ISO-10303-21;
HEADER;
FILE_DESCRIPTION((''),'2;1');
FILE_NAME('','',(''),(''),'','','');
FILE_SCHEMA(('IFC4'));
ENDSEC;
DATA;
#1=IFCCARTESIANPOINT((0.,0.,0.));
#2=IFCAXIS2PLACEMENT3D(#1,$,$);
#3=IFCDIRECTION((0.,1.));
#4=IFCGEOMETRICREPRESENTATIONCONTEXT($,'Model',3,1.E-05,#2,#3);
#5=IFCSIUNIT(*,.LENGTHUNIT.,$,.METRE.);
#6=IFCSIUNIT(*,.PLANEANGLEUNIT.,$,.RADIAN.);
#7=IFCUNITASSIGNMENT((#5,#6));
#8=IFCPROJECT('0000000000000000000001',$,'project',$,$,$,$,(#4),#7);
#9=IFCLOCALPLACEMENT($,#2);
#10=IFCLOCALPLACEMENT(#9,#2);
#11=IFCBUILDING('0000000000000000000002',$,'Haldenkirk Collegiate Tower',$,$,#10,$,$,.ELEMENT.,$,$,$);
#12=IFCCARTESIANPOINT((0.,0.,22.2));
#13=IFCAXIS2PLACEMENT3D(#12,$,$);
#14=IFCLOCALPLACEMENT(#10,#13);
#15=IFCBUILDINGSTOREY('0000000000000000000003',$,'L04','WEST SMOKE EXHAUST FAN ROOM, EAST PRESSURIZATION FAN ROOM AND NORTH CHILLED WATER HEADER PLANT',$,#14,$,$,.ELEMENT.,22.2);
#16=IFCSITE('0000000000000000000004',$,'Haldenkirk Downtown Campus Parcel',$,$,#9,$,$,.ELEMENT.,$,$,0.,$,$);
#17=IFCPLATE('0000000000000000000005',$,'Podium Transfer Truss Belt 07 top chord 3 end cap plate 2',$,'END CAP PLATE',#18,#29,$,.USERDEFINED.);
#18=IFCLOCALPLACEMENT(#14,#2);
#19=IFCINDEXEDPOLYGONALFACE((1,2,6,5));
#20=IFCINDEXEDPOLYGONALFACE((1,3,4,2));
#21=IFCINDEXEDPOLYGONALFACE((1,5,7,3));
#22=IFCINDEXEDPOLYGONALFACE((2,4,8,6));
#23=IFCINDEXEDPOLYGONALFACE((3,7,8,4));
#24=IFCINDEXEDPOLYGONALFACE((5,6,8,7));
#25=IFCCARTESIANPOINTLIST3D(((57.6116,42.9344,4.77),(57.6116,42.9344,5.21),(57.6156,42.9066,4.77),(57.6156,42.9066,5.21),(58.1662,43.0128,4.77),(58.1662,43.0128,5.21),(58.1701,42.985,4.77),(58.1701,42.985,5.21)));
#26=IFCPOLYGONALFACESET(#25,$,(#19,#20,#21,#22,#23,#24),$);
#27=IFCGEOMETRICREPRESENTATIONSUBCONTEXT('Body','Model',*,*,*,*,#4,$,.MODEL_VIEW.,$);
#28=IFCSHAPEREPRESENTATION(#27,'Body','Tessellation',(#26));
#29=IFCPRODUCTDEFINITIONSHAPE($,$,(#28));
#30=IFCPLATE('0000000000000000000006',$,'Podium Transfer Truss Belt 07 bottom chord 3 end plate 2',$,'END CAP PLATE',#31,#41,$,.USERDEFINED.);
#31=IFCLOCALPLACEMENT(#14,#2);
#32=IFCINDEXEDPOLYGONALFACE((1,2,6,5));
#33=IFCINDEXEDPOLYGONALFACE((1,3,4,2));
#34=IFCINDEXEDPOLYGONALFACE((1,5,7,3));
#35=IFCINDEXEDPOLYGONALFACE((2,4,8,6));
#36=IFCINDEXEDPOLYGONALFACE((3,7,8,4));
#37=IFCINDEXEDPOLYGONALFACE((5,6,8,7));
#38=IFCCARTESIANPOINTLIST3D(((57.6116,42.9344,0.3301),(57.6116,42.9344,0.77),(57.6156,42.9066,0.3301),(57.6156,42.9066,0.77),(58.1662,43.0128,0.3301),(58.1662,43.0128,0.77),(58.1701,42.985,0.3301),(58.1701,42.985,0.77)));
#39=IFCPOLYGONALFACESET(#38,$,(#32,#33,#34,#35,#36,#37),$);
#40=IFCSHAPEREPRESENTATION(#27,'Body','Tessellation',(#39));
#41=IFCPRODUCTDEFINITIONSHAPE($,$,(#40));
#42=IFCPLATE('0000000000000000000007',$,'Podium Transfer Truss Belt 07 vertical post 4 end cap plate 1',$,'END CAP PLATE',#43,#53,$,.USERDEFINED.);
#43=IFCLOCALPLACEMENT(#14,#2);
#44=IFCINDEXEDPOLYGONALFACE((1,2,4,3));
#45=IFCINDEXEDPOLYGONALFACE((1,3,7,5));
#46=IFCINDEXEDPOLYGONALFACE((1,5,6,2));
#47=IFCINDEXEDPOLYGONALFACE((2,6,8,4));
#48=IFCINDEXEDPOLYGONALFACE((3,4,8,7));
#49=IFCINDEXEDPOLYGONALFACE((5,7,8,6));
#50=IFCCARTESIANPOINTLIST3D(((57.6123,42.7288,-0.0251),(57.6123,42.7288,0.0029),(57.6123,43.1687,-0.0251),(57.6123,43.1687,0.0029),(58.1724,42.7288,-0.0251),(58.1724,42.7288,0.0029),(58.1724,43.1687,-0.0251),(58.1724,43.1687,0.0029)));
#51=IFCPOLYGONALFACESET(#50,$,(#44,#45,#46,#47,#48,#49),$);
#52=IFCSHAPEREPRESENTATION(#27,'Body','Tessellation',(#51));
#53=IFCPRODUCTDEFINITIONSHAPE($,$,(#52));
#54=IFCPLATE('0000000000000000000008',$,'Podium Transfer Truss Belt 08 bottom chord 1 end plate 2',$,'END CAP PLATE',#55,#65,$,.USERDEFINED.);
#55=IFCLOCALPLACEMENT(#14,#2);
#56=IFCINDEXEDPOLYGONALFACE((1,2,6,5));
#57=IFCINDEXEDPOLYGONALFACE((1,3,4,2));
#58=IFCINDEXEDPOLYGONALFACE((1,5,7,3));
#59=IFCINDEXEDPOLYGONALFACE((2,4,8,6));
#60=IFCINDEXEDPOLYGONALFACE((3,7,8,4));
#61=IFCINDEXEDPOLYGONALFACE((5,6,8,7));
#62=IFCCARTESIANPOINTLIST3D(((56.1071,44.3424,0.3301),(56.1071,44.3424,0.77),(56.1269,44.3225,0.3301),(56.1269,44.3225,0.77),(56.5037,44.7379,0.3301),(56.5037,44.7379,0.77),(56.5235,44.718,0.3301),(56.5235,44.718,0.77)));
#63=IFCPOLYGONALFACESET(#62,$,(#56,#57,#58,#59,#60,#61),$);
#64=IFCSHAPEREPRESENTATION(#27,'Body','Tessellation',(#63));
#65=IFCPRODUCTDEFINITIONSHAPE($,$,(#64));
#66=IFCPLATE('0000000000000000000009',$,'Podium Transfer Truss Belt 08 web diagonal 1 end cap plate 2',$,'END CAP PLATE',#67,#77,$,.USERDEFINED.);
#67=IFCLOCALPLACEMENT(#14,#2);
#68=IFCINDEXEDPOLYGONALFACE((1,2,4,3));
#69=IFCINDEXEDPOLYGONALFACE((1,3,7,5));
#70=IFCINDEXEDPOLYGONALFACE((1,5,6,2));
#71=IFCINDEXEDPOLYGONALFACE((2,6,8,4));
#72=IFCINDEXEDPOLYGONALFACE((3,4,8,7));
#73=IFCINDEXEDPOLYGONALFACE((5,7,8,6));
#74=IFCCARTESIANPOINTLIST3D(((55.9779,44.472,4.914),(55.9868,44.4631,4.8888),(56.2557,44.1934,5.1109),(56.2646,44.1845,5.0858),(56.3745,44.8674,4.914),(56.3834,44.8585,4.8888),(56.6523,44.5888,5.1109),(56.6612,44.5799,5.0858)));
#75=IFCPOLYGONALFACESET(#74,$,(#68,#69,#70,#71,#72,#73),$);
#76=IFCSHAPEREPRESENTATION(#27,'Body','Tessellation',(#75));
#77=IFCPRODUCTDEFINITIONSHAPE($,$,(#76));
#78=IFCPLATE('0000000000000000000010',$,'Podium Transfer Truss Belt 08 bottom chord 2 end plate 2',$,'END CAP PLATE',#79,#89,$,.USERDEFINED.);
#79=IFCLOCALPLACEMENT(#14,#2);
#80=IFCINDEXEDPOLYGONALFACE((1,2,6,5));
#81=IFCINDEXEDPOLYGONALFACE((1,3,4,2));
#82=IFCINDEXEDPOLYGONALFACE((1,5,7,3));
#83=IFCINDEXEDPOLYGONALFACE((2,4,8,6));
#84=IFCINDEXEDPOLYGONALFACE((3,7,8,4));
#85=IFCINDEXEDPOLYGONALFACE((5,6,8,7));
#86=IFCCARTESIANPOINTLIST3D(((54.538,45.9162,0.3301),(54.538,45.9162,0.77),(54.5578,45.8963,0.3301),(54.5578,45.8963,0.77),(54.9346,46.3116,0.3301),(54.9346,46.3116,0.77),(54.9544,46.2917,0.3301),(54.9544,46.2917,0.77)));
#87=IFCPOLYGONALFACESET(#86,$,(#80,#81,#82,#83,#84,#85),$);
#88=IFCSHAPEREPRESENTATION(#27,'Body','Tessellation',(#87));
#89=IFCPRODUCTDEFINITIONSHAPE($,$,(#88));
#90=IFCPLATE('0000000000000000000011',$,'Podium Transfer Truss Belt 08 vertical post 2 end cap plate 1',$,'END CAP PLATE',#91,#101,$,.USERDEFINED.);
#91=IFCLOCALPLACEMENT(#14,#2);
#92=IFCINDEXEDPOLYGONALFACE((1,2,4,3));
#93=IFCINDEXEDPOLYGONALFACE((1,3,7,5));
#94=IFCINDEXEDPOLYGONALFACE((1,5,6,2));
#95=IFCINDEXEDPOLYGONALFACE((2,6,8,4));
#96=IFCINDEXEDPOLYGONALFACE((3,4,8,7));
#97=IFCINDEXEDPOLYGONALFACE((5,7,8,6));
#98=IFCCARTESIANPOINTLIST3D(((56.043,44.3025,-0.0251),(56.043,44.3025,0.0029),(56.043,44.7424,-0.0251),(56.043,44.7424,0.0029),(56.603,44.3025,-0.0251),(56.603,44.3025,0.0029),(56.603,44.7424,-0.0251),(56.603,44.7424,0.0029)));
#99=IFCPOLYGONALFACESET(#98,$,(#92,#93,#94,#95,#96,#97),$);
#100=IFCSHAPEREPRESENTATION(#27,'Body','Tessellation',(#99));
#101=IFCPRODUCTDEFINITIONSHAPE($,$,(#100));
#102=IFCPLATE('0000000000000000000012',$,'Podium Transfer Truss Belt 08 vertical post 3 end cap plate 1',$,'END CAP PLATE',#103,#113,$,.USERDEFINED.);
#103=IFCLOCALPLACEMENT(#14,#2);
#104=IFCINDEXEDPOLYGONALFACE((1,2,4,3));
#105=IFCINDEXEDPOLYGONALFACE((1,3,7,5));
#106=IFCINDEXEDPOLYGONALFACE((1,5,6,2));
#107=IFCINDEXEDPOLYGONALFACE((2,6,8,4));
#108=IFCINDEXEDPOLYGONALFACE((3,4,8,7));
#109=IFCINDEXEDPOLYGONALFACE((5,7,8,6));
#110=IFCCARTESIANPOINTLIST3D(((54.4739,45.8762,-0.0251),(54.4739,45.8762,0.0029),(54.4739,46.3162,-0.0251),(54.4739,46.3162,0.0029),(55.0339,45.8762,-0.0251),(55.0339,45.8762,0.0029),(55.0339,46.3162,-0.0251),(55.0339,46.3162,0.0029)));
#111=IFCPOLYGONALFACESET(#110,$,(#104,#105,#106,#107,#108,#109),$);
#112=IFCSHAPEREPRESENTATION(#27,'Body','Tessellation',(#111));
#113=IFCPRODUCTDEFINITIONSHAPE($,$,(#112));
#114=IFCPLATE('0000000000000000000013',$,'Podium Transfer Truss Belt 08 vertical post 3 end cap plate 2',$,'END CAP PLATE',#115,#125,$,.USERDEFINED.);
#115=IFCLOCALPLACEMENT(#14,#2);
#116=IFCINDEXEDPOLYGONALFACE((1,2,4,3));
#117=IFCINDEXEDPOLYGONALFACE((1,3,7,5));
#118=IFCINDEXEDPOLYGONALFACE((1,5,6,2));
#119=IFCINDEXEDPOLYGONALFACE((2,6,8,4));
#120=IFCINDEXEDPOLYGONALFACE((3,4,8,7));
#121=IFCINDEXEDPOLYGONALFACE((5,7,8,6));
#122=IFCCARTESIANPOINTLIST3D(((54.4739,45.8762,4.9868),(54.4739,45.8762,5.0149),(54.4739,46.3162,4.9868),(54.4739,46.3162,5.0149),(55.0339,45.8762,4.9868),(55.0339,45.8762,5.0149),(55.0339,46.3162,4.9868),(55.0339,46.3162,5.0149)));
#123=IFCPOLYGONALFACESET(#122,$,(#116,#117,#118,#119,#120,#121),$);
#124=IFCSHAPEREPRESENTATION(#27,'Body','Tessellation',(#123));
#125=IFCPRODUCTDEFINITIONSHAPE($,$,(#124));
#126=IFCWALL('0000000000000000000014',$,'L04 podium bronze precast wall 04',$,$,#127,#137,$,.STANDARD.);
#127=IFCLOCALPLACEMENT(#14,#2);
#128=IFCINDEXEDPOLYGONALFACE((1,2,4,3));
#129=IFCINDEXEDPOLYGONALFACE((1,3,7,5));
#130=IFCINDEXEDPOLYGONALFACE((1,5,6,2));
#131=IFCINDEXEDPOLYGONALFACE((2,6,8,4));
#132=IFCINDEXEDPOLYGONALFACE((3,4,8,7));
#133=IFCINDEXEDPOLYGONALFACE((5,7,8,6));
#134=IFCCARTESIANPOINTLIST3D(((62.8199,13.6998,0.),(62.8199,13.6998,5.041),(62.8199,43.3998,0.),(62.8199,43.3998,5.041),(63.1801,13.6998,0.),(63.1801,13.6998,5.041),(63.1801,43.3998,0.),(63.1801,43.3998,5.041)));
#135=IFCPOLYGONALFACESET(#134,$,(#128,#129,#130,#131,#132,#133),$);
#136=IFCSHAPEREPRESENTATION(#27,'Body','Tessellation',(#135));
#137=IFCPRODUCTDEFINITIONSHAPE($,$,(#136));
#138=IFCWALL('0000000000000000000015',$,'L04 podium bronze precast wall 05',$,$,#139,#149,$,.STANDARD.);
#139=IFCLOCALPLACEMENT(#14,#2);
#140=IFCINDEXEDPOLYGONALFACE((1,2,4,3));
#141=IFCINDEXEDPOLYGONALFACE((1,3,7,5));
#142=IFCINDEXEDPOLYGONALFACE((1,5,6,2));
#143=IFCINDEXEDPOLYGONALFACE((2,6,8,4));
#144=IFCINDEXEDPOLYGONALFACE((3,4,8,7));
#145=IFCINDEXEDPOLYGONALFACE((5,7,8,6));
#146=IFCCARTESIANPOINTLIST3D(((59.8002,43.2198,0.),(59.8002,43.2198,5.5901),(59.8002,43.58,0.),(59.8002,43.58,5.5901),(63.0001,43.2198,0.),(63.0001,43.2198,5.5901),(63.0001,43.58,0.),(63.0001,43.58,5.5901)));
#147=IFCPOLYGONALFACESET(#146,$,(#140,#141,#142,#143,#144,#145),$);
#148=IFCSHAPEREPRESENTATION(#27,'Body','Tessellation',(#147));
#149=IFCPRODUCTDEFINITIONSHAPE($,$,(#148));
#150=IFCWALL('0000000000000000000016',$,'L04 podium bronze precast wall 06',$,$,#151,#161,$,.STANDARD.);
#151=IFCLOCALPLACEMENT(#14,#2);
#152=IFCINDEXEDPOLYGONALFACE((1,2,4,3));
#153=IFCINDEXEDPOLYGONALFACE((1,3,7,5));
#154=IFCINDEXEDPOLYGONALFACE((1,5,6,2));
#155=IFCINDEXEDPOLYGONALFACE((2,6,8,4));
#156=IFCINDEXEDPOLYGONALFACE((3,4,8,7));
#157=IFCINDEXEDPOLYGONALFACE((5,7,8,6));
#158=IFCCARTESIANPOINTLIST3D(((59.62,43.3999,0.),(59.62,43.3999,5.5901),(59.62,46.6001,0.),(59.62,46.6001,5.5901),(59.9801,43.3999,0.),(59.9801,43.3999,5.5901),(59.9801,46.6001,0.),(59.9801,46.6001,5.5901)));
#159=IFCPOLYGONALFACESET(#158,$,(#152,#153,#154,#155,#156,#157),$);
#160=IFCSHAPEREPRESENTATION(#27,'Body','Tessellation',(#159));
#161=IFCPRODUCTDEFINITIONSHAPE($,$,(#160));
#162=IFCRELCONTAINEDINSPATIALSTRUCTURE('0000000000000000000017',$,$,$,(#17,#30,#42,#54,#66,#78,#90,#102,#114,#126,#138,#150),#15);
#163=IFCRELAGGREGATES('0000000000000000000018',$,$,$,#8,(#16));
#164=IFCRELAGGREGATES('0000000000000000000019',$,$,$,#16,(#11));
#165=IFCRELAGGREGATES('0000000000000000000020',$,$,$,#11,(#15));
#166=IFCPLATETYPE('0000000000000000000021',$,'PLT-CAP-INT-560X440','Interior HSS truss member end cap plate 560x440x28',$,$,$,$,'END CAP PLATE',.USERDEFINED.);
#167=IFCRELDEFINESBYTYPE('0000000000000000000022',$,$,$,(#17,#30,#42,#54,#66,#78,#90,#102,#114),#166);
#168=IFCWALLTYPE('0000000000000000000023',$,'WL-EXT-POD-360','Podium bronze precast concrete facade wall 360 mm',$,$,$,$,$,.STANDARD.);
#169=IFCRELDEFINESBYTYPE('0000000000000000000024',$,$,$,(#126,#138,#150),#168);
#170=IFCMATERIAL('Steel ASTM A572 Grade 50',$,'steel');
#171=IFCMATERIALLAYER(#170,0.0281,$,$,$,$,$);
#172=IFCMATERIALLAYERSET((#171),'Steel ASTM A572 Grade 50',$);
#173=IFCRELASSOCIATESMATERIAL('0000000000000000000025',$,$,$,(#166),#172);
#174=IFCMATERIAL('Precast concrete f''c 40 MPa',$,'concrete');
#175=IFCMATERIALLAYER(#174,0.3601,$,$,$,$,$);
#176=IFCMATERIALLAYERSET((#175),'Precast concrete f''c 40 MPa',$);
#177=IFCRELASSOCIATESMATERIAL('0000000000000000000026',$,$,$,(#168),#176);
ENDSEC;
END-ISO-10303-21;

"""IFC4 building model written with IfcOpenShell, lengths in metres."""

from ifc_helpers import new_model, si_unit, direction, frame, frame_2d, origin, origin_2d, place, context, subcontext, project, spatial, rectangle, extrude, source, transform, mapped, material, layer, layer_set, type_object, element, save


model = new_model("IFC4")

# Units and contexts
model_context = context("Model", 3, precision=1e-05, world=origin(), true_north=direction((0.0, 1.0)))
body_context = subcontext(model_context, "Body", "Model", "MODEL_VIEW")
ifc_project = project(units=[si_unit("LENGTHUNIT", "METRE"), si_unit("PLANEANGLEUNIT", "RADIAN")], contexts=[model_context])

# Site, building, storey
site_placement = place(None, origin())
site = spatial("IfcSite", under=ifc_project, at=site_placement, Name="Haldenkirk Downtown Campus Parcel", CompositionType="ELEMENT", RefElevation=0.0)
building_placement = place(site_placement, origin())
building = spatial("IfcBuilding", under=site, at=building_placement, Name="Haldenkirk Collegiate Tower", CompositionType="ELEMENT")
storey_placement = place(building_placement, frame((0.0, 0.0, 22.2)))
storey = spatial("IfcBuildingStorey", under=building, at=storey_placement, Name="L04", Description="WEST SMOKE EXHAUST FAN ROOM, EAST PRESSURIZATION FAN ROOM AND NORTH CHILLED WATER HEADER PLANT", CompositionType="ELEMENT", Elevation=22.2)

# Shared definitions
ifc_material_1 = material(Name="Steel ASTM A572 Grade 50", Category="steel")

# Plates
ifc_layer_1 = layer(ifc_material_1, 0.0281)
ifc_layer_set_1 = layer_set([ifc_layer_1], Name="Steel ASTM A572 Grade 50")
plate_type = type_object("IfcPlateType", Name="PLT-CAP-INT-560X440", Description="Interior HSS truss member end cap plate 560x440x28", ElementType="END CAP PLATE", PredefinedType="USERDEFINED", material=ifc_layer_set_1)
shared_shape = source(origin(), body_context, "Body", "SweptSolid", [
    extrude(rectangle(XDim=0.5601, YDim=0.4399, at=origin_2d()), origin(), (0.0, 0.0, 1.0), 0.0281),
])
for number, where, z_axis, x_axis, name in (
    (1, (57.8928, 42.9458, 4.99), (-0.140034, 0.990147, 0.0), (-0.990147, -0.140034, 0.0), "Podium Transfer Truss Belt 07 top chord 3 end cap plate 2"),
    (2, (57.8928, 42.9458, 0.55), (-0.140035, 0.990147, 0.0), (-0.990147, -0.140035, 0.0), "Podium Transfer Truss Belt 07 bottom chord 3 end plate 2"),
    (3, (57.8923, 42.9487, 0.0029), (0.0, 0.0, -1.0), (1.0, 0.0, 0.0), "Podium Transfer Truss Belt 07 vertical post 4 end cap plate 1"),
    (4, (56.3252, 44.5203, 0.55), (-0.706079, 0.708133, 0.0), (-0.708133, -0.706079, 0.0), "Podium Transfer Truss Belt 08 bottom chord 1 end plate 2"),
    (5, (56.324, 44.5215, 4.9873), (-0.316042, 0.316969, 0.894231), (-0.708141, -0.706071, 0.0), "Podium Transfer Truss Belt 08 web diagonal 1 end cap plate 2"),
    (6, (54.7561, 46.094, 0.55), (-0.706079, 0.708133, 0.0), (-0.708133, -0.706079, 0.0), "Podium Transfer Truss Belt 08 bottom chord 2 end plate 2"),
    (7, (56.323, 44.5225, 0.0029), (0.0, 0.0, -1.0), (1.0, 0.0, 0.0), "Podium Transfer Truss Belt 08 vertical post 2 end cap plate 1"),
    (8, (54.7539, 46.0962, 0.0029), (0.0, 0.0, -1.0), (1.0, 0.0, 0.0), "Podium Transfer Truss Belt 08 vertical post 3 end cap plate 1"),
    (9, (54.7539, 46.0962, 4.9868), (0.0, 0.0, 1.0), (1.0, 0.0, 0.0), "Podium Transfer Truss Belt 08 vertical post 3 end cap plate 2"),
):
    element("IfcPlate", number, at=place(storey_placement, frame(where, z_axis=z_axis, x_axis=x_axis)), inside=storey, type_object=plate_type, Name=name, ObjectType="END CAP PLATE", PredefinedType="USERDEFINED", context=body_context, shape_type="MappedRepresentation", body=[
        mapped(shared_shape, transform((0.0, 0.0, 0.0), x_axis=(1.0, 0.0, 0.0), y_axis=(0.0, 1.0, 0.0), z_axis=(0.0, 0.0, 1.0), scale=1.0)),
    ])

# Walls
ifc_material_2 = material(Name="Precast concrete f'c 40 MPa", Category="concrete")
ifc_layer_2 = layer(ifc_material_2, 0.3601)
ifc_layer_set_2 = layer_set([ifc_layer_2], Name="Precast concrete f'c 40 MPa")
wall_type = type_object("IfcWallType", Name="WL-EXT-POD-360", Description="Podium bronze precast concrete facade wall 360 mm", PredefinedType="STANDARD", material=ifc_layer_set_2)
wall_1_placement = place(storey_placement, frame((63.0, 43.3999, 0.0), z_axis=(0.0, 0.0, 1.0), x_axis=(0.0, -1.0, 0.0)))
element("IfcWall", 10, at=wall_1_placement, inside=storey, type_object=wall_type, Name="L04 podium bronze precast wall 04", PredefinedType="STANDARD", context=body_context, shape_type="SweptSolid", body=[
    extrude(rectangle(XDim=29.7, YDim=0.3601, at=frame_2d((14.8501, 0.0))), origin(), (0.0, 0.0, 1.0), 5.041),
])
wall_2_placement = place(storey_placement, frame((59.8, 43.3999, 0.0), z_axis=(0.0, 0.0, 1.0), x_axis=(1.0, 0.0, 0.0)))
element("IfcWall", 11, at=wall_2_placement, inside=storey, type_object=wall_type, Name="L04 podium bronze precast wall 05", PredefinedType="STANDARD", context=body_context, shape_type="SweptSolid", body=[
    extrude(rectangle(XDim=3.2, YDim=0.3601, at=frame_2d((1.6001, 0.0))), origin(), (0.0, 0.0, 1.0), 5.5901),
])
wall_3_placement = place(storey_placement, frame((59.8, 46.6001, 0.0), z_axis=(0.0, 0.0, 1.0), x_axis=(0.0, -1.0, 0.0)))
element("IfcWall", 12, at=wall_3_placement, inside=storey, type_object=wall_type, Name="L04 podium bronze precast wall 06", PredefinedType="STANDARD", context=body_context, shape_type="SweptSolid", body=[
    extrude(rectangle(XDim=3.2002, YDim=0.3601, at=frame_2d((1.6001, 0.0))), origin(), (0.0, 0.0, 1.0), 5.5901),
])

save(model, "model.ifc")
